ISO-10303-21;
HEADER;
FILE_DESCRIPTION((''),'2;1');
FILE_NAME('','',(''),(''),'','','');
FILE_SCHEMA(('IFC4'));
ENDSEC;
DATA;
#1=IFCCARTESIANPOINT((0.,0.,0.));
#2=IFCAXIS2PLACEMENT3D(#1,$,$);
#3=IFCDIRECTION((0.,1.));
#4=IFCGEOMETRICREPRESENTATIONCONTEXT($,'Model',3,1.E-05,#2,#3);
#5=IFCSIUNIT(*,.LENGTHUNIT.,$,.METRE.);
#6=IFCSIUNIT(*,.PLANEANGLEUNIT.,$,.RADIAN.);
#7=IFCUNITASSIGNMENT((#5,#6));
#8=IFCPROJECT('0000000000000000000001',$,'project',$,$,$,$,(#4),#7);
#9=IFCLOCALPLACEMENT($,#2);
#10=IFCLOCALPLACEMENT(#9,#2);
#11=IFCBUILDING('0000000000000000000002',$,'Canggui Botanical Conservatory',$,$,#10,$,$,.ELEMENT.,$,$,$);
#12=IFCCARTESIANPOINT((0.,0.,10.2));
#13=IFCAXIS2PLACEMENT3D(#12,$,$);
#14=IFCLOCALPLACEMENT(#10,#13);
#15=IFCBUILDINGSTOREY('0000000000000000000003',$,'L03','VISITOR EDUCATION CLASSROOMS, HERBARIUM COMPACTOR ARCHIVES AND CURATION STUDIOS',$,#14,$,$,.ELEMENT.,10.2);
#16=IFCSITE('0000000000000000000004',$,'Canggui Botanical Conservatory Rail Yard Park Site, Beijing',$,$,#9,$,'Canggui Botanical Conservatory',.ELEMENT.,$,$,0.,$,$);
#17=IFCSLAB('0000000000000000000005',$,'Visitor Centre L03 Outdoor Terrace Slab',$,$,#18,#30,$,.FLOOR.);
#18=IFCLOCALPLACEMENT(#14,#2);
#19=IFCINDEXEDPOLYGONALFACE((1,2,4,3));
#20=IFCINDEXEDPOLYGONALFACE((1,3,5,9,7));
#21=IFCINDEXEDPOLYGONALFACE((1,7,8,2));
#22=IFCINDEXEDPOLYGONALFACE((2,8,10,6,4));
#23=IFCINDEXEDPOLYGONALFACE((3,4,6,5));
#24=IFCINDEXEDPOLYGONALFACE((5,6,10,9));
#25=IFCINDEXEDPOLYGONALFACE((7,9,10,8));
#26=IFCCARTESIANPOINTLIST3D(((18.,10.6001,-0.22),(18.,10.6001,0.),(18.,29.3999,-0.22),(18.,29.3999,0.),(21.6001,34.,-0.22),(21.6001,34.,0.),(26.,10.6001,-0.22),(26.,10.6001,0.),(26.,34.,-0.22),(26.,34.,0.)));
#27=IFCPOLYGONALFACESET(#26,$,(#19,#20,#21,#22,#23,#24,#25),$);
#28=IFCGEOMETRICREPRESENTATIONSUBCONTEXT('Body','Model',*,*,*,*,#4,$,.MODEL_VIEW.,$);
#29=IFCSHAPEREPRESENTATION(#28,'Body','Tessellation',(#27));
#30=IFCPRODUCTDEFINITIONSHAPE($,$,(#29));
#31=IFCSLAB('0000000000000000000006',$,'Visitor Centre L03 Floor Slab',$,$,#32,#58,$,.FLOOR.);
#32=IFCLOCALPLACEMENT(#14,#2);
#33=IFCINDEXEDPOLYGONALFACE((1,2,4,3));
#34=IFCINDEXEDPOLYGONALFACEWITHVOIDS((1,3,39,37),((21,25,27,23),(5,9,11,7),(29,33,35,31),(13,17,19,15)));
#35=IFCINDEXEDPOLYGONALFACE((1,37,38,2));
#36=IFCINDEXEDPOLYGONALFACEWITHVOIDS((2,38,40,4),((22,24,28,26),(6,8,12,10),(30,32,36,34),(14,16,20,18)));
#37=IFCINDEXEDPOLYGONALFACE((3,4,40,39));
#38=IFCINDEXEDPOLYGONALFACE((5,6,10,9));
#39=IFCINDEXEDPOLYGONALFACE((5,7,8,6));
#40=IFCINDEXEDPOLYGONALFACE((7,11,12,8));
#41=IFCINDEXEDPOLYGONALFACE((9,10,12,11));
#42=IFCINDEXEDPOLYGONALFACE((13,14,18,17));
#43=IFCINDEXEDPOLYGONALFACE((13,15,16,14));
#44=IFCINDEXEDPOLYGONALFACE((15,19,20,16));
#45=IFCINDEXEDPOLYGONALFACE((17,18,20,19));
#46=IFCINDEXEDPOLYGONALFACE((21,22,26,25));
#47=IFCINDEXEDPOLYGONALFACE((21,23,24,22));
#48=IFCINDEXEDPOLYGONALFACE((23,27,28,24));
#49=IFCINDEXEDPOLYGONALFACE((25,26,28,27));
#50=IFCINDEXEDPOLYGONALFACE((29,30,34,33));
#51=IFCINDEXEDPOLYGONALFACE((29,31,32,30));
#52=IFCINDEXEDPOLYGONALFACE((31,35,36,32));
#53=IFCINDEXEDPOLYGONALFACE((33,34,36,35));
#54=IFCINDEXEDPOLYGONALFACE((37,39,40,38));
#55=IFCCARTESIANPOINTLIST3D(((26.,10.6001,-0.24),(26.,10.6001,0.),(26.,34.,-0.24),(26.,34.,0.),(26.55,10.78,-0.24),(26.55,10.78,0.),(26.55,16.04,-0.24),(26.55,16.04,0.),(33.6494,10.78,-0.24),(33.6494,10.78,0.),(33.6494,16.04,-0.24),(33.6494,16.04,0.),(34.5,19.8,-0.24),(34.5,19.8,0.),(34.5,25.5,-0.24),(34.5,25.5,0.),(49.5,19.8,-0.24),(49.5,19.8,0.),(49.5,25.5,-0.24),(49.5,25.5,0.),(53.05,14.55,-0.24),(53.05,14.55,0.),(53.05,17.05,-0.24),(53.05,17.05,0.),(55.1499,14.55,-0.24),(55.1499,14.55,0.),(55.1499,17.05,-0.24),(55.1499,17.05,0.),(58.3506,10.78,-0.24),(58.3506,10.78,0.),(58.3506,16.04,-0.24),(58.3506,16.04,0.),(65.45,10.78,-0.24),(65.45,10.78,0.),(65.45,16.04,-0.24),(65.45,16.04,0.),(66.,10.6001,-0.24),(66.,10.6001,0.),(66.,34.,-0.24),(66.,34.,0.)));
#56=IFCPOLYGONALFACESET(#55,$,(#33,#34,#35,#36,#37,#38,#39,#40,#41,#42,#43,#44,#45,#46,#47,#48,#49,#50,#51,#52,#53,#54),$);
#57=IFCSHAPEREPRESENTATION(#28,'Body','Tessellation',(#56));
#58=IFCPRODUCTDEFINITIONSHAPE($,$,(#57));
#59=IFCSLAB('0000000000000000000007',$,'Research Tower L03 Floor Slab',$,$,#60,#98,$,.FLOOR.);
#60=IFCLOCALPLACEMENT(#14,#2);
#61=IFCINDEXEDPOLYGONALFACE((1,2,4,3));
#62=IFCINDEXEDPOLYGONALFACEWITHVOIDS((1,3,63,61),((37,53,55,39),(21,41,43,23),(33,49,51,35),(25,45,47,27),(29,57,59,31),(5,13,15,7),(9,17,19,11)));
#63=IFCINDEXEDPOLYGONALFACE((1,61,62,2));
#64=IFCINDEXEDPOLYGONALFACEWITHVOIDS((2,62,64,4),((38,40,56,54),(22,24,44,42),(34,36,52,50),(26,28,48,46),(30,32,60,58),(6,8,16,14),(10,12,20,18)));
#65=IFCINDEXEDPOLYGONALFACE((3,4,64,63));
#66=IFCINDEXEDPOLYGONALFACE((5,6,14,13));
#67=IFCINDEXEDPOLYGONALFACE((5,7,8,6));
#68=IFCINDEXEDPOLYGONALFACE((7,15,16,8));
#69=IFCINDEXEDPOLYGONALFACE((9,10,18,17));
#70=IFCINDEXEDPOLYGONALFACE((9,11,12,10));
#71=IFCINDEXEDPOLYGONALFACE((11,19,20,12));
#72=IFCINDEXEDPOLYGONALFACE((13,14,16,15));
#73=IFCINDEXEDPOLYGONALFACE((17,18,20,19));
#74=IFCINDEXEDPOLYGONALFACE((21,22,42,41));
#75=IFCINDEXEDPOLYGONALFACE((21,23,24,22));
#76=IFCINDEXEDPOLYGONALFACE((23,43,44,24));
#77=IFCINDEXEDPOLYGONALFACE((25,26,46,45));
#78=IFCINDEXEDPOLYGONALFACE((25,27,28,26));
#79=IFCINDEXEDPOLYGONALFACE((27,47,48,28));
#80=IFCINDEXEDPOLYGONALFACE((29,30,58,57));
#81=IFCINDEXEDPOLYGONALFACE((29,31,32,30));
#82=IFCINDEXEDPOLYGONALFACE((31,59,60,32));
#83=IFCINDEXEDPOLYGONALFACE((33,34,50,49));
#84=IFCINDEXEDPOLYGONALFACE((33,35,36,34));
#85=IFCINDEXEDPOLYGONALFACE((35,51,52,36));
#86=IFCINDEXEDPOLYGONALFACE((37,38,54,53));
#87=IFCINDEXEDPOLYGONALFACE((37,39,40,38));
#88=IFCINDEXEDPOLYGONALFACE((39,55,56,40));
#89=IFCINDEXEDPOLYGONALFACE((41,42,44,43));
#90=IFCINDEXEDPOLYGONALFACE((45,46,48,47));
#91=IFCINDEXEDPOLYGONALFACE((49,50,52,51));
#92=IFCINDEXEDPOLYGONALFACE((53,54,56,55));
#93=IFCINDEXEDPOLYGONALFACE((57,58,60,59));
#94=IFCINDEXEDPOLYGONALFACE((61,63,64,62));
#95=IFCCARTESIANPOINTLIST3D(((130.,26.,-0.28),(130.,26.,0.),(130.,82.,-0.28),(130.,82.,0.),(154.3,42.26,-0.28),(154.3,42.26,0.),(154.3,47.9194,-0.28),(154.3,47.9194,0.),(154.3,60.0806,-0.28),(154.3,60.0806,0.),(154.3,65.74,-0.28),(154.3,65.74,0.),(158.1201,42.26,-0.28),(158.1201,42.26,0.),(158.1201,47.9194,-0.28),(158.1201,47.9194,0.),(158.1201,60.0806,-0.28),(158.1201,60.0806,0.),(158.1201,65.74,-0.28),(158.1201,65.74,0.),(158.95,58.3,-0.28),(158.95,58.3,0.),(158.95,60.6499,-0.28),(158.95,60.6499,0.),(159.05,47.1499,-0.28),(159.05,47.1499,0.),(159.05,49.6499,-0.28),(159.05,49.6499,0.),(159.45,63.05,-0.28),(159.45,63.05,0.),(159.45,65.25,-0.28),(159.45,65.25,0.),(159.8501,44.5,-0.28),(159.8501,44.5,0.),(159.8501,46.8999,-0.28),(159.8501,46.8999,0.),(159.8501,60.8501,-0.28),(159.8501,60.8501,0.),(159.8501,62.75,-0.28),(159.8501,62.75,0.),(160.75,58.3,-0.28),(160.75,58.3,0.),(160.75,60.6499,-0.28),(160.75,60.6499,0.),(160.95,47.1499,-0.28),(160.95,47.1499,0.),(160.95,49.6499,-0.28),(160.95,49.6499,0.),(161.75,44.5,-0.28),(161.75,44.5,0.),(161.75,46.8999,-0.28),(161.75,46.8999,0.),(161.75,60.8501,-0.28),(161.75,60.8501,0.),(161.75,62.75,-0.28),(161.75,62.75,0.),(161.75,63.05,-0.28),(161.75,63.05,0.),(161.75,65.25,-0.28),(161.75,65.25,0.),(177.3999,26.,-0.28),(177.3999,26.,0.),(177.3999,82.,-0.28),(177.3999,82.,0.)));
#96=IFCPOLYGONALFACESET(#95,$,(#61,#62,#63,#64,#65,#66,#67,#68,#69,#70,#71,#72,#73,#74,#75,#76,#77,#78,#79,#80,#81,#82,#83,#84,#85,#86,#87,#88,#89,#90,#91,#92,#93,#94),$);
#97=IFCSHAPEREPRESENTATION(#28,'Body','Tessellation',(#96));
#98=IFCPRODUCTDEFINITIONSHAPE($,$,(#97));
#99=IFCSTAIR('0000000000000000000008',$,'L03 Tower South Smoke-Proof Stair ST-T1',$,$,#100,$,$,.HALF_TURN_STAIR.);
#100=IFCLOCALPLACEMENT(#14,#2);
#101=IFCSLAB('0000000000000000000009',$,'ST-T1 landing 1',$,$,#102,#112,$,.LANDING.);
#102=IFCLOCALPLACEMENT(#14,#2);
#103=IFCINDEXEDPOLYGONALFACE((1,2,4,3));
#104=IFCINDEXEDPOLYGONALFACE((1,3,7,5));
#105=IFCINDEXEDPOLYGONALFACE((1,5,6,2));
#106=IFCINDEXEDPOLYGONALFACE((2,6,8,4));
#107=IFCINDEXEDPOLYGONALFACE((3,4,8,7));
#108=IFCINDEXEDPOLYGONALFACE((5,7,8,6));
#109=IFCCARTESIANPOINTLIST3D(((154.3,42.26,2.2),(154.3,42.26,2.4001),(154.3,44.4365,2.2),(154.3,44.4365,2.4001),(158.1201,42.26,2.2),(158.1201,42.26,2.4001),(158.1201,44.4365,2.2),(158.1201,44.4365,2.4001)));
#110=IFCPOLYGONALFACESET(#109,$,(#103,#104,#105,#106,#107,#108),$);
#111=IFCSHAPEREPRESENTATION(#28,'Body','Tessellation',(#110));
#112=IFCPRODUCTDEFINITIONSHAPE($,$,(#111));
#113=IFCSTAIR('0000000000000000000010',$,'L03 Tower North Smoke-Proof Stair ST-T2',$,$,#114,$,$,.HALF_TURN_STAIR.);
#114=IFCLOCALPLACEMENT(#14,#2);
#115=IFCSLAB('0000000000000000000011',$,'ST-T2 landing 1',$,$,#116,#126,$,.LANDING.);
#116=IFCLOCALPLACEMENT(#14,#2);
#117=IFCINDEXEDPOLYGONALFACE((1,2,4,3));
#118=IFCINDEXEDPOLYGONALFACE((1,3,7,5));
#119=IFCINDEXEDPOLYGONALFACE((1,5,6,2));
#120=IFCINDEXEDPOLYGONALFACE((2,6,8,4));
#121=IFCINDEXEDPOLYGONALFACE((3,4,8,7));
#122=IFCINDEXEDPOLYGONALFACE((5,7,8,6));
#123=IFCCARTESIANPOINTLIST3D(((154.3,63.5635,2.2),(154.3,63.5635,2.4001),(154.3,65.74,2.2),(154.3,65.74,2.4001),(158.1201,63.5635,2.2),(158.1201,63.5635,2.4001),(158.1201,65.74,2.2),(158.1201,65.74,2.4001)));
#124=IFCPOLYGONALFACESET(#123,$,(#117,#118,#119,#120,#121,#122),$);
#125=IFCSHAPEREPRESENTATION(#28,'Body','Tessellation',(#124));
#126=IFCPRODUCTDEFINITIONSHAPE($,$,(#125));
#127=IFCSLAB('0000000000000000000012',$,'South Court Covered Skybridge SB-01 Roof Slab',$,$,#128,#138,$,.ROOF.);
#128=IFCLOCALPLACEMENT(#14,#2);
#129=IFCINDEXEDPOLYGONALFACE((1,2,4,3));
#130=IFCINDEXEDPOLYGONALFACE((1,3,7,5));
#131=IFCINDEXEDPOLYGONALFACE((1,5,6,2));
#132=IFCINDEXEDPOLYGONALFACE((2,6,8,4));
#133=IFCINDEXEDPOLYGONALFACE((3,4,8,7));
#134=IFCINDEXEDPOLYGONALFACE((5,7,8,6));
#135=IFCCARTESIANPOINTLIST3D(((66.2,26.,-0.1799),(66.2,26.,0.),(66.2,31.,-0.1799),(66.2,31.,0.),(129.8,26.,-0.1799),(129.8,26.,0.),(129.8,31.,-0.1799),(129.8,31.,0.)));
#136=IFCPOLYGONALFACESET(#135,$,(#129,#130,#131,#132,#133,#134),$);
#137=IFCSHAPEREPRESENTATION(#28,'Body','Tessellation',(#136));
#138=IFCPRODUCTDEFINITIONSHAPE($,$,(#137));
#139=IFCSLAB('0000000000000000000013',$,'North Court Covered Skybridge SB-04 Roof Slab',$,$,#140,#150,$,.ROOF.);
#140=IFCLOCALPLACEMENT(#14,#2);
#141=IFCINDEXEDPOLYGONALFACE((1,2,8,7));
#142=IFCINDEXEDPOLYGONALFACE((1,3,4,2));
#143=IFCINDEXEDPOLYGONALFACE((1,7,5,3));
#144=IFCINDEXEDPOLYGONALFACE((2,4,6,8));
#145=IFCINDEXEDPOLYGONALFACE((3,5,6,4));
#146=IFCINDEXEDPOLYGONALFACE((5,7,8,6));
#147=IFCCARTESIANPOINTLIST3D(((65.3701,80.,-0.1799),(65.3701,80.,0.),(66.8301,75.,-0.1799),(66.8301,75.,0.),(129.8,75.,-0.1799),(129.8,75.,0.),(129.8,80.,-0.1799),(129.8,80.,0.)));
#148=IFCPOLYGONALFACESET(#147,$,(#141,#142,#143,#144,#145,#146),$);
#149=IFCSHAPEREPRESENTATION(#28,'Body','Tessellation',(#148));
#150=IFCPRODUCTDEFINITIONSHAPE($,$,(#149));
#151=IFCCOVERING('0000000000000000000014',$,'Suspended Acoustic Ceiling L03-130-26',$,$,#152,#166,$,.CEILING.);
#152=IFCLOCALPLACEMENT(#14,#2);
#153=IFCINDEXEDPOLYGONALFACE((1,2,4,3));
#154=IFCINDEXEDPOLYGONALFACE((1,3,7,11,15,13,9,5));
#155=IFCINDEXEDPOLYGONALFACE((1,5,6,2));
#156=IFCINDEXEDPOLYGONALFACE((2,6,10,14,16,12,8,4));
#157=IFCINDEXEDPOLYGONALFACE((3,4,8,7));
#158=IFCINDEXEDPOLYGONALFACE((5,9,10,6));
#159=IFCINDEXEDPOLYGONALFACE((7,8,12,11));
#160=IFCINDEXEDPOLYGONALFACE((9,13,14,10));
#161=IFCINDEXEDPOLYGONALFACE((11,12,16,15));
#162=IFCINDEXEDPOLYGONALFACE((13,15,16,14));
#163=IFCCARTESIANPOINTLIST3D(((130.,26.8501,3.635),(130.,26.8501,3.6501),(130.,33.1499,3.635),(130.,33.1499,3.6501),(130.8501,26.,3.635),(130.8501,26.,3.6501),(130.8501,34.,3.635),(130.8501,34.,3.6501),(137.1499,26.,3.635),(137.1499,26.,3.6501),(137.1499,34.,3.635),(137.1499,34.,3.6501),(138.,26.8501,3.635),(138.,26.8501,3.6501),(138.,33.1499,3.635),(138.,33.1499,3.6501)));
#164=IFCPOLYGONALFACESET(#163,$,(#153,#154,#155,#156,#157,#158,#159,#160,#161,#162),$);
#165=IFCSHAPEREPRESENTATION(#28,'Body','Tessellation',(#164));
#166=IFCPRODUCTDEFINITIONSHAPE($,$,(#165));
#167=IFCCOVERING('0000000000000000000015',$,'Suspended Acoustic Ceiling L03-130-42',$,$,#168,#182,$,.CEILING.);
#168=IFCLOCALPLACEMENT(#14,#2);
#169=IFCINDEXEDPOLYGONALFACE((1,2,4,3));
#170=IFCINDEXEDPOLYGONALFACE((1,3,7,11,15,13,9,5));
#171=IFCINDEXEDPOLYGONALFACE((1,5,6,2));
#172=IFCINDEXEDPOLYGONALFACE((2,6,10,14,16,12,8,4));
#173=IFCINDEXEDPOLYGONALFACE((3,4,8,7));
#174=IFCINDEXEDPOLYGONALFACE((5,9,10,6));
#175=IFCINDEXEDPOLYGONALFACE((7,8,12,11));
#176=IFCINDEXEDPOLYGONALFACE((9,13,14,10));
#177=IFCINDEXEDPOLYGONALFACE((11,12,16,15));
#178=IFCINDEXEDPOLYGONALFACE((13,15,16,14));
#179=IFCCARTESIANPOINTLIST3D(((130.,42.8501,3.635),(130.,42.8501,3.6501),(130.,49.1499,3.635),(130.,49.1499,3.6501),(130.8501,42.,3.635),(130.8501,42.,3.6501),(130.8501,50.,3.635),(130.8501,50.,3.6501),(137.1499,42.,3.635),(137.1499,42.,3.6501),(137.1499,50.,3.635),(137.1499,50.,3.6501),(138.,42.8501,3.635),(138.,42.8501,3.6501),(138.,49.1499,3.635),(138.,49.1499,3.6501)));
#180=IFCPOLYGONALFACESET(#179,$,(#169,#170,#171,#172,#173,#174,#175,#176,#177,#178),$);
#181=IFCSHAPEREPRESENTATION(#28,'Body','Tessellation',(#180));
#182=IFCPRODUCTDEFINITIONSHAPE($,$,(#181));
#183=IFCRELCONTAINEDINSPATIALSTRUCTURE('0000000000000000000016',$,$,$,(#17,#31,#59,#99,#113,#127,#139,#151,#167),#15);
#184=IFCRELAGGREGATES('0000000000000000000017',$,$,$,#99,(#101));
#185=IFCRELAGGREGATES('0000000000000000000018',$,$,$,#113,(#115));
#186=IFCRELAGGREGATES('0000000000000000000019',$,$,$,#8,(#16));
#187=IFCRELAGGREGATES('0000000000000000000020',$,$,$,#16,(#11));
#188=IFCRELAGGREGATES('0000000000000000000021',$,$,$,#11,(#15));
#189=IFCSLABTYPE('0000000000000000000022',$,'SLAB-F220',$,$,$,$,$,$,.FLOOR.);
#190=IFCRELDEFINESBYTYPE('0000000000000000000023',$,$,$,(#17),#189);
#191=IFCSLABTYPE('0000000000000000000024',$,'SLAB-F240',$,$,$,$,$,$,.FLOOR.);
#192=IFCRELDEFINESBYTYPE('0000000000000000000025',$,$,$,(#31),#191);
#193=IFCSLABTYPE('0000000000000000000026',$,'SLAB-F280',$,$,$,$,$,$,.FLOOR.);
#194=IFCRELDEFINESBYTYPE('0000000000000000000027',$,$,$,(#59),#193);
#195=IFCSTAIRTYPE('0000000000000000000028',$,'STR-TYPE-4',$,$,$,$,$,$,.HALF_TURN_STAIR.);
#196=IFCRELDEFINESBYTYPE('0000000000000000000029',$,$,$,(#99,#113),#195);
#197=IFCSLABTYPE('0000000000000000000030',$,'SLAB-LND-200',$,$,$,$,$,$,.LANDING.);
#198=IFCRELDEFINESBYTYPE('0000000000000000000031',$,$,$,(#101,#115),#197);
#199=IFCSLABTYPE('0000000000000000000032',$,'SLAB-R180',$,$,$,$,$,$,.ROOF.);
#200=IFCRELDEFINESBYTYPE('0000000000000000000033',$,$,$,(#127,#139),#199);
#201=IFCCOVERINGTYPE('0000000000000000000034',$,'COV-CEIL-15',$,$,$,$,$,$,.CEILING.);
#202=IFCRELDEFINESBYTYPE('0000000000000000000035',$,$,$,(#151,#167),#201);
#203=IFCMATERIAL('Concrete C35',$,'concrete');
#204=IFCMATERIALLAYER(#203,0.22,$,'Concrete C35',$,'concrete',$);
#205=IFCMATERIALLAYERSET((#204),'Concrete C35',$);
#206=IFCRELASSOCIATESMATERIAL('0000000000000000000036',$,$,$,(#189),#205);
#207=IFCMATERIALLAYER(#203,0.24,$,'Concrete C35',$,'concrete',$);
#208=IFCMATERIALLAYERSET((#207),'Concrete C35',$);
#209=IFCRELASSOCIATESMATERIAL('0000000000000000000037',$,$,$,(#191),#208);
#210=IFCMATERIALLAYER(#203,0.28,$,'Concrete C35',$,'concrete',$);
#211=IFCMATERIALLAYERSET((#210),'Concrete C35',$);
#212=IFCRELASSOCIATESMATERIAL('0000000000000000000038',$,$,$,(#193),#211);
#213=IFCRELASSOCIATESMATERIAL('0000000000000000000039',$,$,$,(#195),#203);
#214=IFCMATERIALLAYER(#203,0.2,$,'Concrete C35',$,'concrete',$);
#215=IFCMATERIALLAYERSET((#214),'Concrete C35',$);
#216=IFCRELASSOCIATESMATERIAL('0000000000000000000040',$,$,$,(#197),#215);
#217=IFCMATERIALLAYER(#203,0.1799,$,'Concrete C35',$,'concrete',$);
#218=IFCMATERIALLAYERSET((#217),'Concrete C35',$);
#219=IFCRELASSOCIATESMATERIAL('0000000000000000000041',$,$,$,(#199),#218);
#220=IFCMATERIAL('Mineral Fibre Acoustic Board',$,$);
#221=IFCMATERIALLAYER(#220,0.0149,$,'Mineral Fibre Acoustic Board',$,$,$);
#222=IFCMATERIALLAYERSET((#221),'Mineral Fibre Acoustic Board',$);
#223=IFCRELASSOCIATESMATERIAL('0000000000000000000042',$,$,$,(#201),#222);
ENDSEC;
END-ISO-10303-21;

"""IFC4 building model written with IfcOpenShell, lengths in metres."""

from ifc_helpers import new_model, si_unit, direction, frame, origin, place, context, subcontext, project, spatial, polyline, outline, extrude, material, layer, layer_set, type_object, element, aggregate, save


model = new_model("IFC4")

# Units and contexts
model_context = context("Model", 3, precision=1e-05, world=origin(), true_north=direction((0.0, 1.0)))
body_context = subcontext(model_context, "Body", "Model", "MODEL_VIEW")
ifc_project = project(units=[si_unit("LENGTHUNIT", "METRE"), si_unit("PLANEANGLEUNIT", "RADIAN")], contexts=[model_context])

# Site, building, storey
site_placement = place(None, origin())
site = spatial("IfcSite", under=ifc_project, at=site_placement, Name="Canggui Botanical Conservatory Rail Yard Park Site, Beijing", LongName="Canggui Botanical Conservatory", CompositionType="ELEMENT", RefElevation=0.0)
building_placement = place(site_placement, origin())
building = spatial("IfcBuilding", under=site, at=building_placement, Name="Canggui Botanical Conservatory", CompositionType="ELEMENT")
storey_placement = place(building_placement, frame((0.0, 0.0, 10.2)))
storey = spatial("IfcBuildingStorey", under=building, at=storey_placement, Name="L03", Description="VISITOR EDUCATION CLASSROOMS, HERBARIUM COMPACTOR ARCHIVES AND CURATION STUDIOS", CompositionType="ELEMENT", Elevation=10.2)

# Slabs
ifc_material_1 = material(Name="Concrete C35", Category="concrete")
ifc_layer_1 = layer(ifc_material_1, 0.22, Name="Concrete C35", Category="concrete")
ifc_layer_set_1 = layer_set([ifc_layer_1], Name="Concrete C35")
slab_type_1 = type_object("IfcSlabType", Name="SLAB-F220", PredefinedType="FLOOR", material=ifc_layer_set_1)
slab_1_placement = place(storey_placement, frame((0.0, 0.0, -0.22)))
element("IfcSlab", 1, at=slab_1_placement, inside=storey, type_object=slab_type_1, Name="Visitor Centre L03 Outdoor Terrace Slab", PredefinedType="FLOOR", context=body_context, shape_type="SweptSolid", body=[
    extrude(outline(polyline([(18.0, 10.6001), (26.0, 10.6001), (26.0, 34.0), (21.6001, 34.0), (18.0, 29.3999), (18.0, 10.6001)])), origin(), (0.0, 0.0, 1.0), 0.22),
])
ifc_layer_2 = layer(ifc_material_1, 0.24, Name="Concrete C35", Category="concrete")
ifc_layer_set_2 = layer_set([ifc_layer_2], Name="Concrete C35")
slab_type_2 = type_object("IfcSlabType", Name="SLAB-F240", PredefinedType="FLOOR", material=ifc_layer_set_2)
slab_2_placement = place(storey_placement, frame((0.0, 0.0, -0.24)))
element("IfcSlab", 2, at=slab_2_placement, inside=storey, type_object=slab_type_2, Name="Visitor Centre L03 Floor Slab", PredefinedType="FLOOR", context=body_context, shape_type="SweptSolid", body=[
    extrude(outline(polyline([(26.0, 10.6001), (66.0, 10.6001), (66.0, 34.0), (26.0, 34.0), (26.0, 10.6001)]), holes=[polyline([(58.3506, 10.78), (65.45, 10.78), (65.45, 16.04), (58.3506, 16.04), (58.3506, 10.78)]), polyline([(33.6494, 16.04), (26.55, 16.04), (26.55, 10.78), (33.6494, 10.78), (33.6494, 16.04)]), polyline([(53.05, 14.55), (55.1499, 14.55), (55.1499, 17.05), (53.05, 17.05), (53.05, 14.55)]), polyline([(34.5, 19.8), (49.5, 19.8), (49.5, 25.5), (34.5, 25.5), (34.5, 19.8)])]), origin(), (0.0, 0.0, 1.0), 0.24),
])
ifc_layer_3 = layer(ifc_material_1, 0.28, Name="Concrete C35", Category="concrete")
ifc_layer_set_3 = layer_set([ifc_layer_3], Name="Concrete C35")
slab_type_3 = type_object("IfcSlabType", Name="SLAB-F280", PredefinedType="FLOOR", material=ifc_layer_set_3)
slab_3_placement = place(storey_placement, frame((0.0, 0.0, -0.28)))
element("IfcSlab", 3, at=slab_3_placement, inside=storey, type_object=slab_type_3, Name="Research Tower L03 Floor Slab", PredefinedType="FLOOR", context=body_context, shape_type="SweptSolid", body=[
    extrude(outline(polyline([(130.0, 26.0), (177.3999, 26.0), (177.3999, 82.0), (130.0, 82.0), (130.0, 26.0)]), holes=[polyline([(154.3, 47.9194), (154.3, 42.26), (158.1201, 42.26), (158.1201, 47.9194), (154.3, 47.9194)]), polyline([(158.1201, 60.0806), (158.1201, 65.74), (154.3, 65.74), (154.3, 60.0806), (158.1201, 60.0806)]), polyline([(159.05, 47.1499), (160.95, 47.1499), (160.95, 49.6499), (159.05, 49.6499), (159.05, 47.1499)]), polyline([(159.8501, 44.5), (161.75, 44.5), (161.75, 46.8999), (159.8501, 46.8999), (159.8501, 44.5)]), polyline([(158.95, 58.3), (160.75, 58.3), (160.75, 60.6499), (158.95, 60.6499), (158.95, 58.3)]), polyline([(159.8501, 60.8501), (161.75, 60.8501), (161.75, 62.75), (159.8501, 62.75), (159.8501, 60.8501)]), polyline([(159.45, 63.05), (161.75, 63.05), (161.75, 65.25), (159.45, 65.25), (159.45, 63.05)])]), origin(), (0.0, 0.0, 1.0), 0.28),
])

# Stairs, slabs
stair_type = type_object("IfcStairType", Name="STR-TYPE-4", PredefinedType="HALF_TURN_STAIR", material=ifc_material_1)
stair_1_placement = place(storey_placement, origin())
stair_1 = element("IfcStair", 4, at=stair_1_placement, inside=storey, type_object=stair_type, Name="L03 Tower South Smoke-Proof Stair ST-T1", PredefinedType="HALF_TURN_STAIR")
ifc_layer_4 = layer(ifc_material_1, 0.2, Name="Concrete C35", Category="concrete")
ifc_layer_set_4 = layer_set([ifc_layer_4], Name="Concrete C35")
slab_type_4 = type_object("IfcSlabType", Name="SLAB-LND-200", PredefinedType="LANDING", material=ifc_layer_set_4)
slab_4_placement = place(storey_placement, frame((0.0, 0.0, 2.2)))
slab_4 = element("IfcSlab", 5, at=slab_4_placement, type_object=slab_type_4, Name="ST-T1 landing 1", PredefinedType="LANDING", context=body_context, shape_type="SweptSolid", body=[
    extrude(outline(polyline([(154.3, 44.4365), (154.3, 42.26), (158.1201, 42.26), (158.1201, 44.4365), (154.3, 44.4365)])), origin(), (0.0, 0.0, 1.0), 0.2002),
])
aggregate(stair_1, [slab_4])
stair_2_placement = place(storey_placement, origin())
stair_2 = element("IfcStair", 6, at=stair_2_placement, inside=storey, type_object=stair_type, Name="L03 Tower North Smoke-Proof Stair ST-T2", PredefinedType="HALF_TURN_STAIR")
slab_5_placement = place(storey_placement, frame((0.0, 0.0, 2.2)))
slab_5 = element("IfcSlab", 7, at=slab_5_placement, type_object=slab_type_4, Name="ST-T2 landing 1", PredefinedType="LANDING", context=body_context, shape_type="SweptSolid", body=[
    extrude(outline(polyline([(158.1201, 63.5635), (158.1201, 65.74), (154.3, 65.74), (154.3, 63.5635), (158.1201, 63.5635)])), origin(), (0.0, 0.0, 1.0), 0.2002),
])
aggregate(stair_2, [slab_5])

# Slabs
ifc_layer_5 = layer(ifc_material_1, 0.1799, Name="Concrete C35", Category="concrete")
ifc_layer_set_5 = layer_set([ifc_layer_5], Name="Concrete C35")
slab_type_5 = type_object("IfcSlabType", Name="SLAB-R180", PredefinedType="ROOF", material=ifc_layer_set_5)
slab_6_placement = place(storey_placement, frame((0.0, 0.0, -0.1799)))
element("IfcSlab", 8, at=slab_6_placement, inside=storey, type_object=slab_type_5, Name="South Court Covered Skybridge SB-01 Roof Slab", PredefinedType="ROOF", context=body_context, shape_type="SweptSolid", body=[
    extrude(outline(polyline([(66.2, 26.0), (129.8, 26.0), (129.8, 31.0), (66.2, 31.0), (66.2, 26.0)])), origin(), (0.0, 0.0, 1.0), 0.1799),
])
slab_7_placement = place(storey_placement, frame((0.0, 0.0, -0.1799)))
element("IfcSlab", 9, at=slab_7_placement, inside=storey, type_object=slab_type_5, Name="North Court Covered Skybridge SB-04 Roof Slab", PredefinedType="ROOF", context=body_context, shape_type="SweptSolid", body=[
    extrude(outline(polyline([(66.8301, 75.0), (129.8, 75.0), (129.8, 80.0), (65.3701, 80.0), (66.8301, 75.0)])), origin(), (0.0, 0.0, 1.0), 0.1799),
])

# Coverings
ifc_material_2 = material(Name="Mineral Fibre Acoustic Board")
ifc_layer_6 = layer(ifc_material_2, 0.0149, Name="Mineral Fibre Acoustic Board")
ifc_layer_set_6 = layer_set([ifc_layer_6], Name="Mineral Fibre Acoustic Board")
covering_type_1 = type_object("IfcCoveringType", Name="COV-CEIL-15", PredefinedType="CEILING", material=ifc_layer_set_6)
covering_1_placement = place(storey_placement, frame((0.0, 0.0, 3.635)))
element("IfcCovering", 10, at=covering_1_placement, inside=storey, type_object=covering_type_1, Name="Suspended Acoustic Ceiling L03-130-26", PredefinedType="CEILING", context=body_context, shape_type="SweptSolid", body=[
    extrude(outline(polyline([(130.8501, 26.0), (137.1499, 26.0), (138.0, 26.8501), (138.0, 33.1499), (137.1499, 34.0), (130.8501, 34.0), (130.0, 33.1499), (130.0, 26.8501), (130.8501, 26.0)])), origin(), (0.0, 0.0, 1.0), 0.0151),
])
covering_2_placement = place(storey_placement, frame((0.0, 0.0, 3.635)))
element("IfcCovering", 11, at=covering_2_placement, inside=storey, type_object=covering_type_1, Name="Suspended Acoustic Ceiling L03-130-42", PredefinedType="CEILING", context=body_context, shape_type="SweptSolid", body=[
    extrude(outline(polyline([(130.8501, 42.0), (137.1499, 42.0), (138.0, 42.8501), (138.0, 49.1499), (137.1499, 50.0), (130.8501, 50.0), (130.0, 49.1499), (130.0, 42.8501), (130.8501, 42.0)])), origin(), (0.0, 0.0, 1.0), 0.0151),
])

save(model, "model.ifc")
